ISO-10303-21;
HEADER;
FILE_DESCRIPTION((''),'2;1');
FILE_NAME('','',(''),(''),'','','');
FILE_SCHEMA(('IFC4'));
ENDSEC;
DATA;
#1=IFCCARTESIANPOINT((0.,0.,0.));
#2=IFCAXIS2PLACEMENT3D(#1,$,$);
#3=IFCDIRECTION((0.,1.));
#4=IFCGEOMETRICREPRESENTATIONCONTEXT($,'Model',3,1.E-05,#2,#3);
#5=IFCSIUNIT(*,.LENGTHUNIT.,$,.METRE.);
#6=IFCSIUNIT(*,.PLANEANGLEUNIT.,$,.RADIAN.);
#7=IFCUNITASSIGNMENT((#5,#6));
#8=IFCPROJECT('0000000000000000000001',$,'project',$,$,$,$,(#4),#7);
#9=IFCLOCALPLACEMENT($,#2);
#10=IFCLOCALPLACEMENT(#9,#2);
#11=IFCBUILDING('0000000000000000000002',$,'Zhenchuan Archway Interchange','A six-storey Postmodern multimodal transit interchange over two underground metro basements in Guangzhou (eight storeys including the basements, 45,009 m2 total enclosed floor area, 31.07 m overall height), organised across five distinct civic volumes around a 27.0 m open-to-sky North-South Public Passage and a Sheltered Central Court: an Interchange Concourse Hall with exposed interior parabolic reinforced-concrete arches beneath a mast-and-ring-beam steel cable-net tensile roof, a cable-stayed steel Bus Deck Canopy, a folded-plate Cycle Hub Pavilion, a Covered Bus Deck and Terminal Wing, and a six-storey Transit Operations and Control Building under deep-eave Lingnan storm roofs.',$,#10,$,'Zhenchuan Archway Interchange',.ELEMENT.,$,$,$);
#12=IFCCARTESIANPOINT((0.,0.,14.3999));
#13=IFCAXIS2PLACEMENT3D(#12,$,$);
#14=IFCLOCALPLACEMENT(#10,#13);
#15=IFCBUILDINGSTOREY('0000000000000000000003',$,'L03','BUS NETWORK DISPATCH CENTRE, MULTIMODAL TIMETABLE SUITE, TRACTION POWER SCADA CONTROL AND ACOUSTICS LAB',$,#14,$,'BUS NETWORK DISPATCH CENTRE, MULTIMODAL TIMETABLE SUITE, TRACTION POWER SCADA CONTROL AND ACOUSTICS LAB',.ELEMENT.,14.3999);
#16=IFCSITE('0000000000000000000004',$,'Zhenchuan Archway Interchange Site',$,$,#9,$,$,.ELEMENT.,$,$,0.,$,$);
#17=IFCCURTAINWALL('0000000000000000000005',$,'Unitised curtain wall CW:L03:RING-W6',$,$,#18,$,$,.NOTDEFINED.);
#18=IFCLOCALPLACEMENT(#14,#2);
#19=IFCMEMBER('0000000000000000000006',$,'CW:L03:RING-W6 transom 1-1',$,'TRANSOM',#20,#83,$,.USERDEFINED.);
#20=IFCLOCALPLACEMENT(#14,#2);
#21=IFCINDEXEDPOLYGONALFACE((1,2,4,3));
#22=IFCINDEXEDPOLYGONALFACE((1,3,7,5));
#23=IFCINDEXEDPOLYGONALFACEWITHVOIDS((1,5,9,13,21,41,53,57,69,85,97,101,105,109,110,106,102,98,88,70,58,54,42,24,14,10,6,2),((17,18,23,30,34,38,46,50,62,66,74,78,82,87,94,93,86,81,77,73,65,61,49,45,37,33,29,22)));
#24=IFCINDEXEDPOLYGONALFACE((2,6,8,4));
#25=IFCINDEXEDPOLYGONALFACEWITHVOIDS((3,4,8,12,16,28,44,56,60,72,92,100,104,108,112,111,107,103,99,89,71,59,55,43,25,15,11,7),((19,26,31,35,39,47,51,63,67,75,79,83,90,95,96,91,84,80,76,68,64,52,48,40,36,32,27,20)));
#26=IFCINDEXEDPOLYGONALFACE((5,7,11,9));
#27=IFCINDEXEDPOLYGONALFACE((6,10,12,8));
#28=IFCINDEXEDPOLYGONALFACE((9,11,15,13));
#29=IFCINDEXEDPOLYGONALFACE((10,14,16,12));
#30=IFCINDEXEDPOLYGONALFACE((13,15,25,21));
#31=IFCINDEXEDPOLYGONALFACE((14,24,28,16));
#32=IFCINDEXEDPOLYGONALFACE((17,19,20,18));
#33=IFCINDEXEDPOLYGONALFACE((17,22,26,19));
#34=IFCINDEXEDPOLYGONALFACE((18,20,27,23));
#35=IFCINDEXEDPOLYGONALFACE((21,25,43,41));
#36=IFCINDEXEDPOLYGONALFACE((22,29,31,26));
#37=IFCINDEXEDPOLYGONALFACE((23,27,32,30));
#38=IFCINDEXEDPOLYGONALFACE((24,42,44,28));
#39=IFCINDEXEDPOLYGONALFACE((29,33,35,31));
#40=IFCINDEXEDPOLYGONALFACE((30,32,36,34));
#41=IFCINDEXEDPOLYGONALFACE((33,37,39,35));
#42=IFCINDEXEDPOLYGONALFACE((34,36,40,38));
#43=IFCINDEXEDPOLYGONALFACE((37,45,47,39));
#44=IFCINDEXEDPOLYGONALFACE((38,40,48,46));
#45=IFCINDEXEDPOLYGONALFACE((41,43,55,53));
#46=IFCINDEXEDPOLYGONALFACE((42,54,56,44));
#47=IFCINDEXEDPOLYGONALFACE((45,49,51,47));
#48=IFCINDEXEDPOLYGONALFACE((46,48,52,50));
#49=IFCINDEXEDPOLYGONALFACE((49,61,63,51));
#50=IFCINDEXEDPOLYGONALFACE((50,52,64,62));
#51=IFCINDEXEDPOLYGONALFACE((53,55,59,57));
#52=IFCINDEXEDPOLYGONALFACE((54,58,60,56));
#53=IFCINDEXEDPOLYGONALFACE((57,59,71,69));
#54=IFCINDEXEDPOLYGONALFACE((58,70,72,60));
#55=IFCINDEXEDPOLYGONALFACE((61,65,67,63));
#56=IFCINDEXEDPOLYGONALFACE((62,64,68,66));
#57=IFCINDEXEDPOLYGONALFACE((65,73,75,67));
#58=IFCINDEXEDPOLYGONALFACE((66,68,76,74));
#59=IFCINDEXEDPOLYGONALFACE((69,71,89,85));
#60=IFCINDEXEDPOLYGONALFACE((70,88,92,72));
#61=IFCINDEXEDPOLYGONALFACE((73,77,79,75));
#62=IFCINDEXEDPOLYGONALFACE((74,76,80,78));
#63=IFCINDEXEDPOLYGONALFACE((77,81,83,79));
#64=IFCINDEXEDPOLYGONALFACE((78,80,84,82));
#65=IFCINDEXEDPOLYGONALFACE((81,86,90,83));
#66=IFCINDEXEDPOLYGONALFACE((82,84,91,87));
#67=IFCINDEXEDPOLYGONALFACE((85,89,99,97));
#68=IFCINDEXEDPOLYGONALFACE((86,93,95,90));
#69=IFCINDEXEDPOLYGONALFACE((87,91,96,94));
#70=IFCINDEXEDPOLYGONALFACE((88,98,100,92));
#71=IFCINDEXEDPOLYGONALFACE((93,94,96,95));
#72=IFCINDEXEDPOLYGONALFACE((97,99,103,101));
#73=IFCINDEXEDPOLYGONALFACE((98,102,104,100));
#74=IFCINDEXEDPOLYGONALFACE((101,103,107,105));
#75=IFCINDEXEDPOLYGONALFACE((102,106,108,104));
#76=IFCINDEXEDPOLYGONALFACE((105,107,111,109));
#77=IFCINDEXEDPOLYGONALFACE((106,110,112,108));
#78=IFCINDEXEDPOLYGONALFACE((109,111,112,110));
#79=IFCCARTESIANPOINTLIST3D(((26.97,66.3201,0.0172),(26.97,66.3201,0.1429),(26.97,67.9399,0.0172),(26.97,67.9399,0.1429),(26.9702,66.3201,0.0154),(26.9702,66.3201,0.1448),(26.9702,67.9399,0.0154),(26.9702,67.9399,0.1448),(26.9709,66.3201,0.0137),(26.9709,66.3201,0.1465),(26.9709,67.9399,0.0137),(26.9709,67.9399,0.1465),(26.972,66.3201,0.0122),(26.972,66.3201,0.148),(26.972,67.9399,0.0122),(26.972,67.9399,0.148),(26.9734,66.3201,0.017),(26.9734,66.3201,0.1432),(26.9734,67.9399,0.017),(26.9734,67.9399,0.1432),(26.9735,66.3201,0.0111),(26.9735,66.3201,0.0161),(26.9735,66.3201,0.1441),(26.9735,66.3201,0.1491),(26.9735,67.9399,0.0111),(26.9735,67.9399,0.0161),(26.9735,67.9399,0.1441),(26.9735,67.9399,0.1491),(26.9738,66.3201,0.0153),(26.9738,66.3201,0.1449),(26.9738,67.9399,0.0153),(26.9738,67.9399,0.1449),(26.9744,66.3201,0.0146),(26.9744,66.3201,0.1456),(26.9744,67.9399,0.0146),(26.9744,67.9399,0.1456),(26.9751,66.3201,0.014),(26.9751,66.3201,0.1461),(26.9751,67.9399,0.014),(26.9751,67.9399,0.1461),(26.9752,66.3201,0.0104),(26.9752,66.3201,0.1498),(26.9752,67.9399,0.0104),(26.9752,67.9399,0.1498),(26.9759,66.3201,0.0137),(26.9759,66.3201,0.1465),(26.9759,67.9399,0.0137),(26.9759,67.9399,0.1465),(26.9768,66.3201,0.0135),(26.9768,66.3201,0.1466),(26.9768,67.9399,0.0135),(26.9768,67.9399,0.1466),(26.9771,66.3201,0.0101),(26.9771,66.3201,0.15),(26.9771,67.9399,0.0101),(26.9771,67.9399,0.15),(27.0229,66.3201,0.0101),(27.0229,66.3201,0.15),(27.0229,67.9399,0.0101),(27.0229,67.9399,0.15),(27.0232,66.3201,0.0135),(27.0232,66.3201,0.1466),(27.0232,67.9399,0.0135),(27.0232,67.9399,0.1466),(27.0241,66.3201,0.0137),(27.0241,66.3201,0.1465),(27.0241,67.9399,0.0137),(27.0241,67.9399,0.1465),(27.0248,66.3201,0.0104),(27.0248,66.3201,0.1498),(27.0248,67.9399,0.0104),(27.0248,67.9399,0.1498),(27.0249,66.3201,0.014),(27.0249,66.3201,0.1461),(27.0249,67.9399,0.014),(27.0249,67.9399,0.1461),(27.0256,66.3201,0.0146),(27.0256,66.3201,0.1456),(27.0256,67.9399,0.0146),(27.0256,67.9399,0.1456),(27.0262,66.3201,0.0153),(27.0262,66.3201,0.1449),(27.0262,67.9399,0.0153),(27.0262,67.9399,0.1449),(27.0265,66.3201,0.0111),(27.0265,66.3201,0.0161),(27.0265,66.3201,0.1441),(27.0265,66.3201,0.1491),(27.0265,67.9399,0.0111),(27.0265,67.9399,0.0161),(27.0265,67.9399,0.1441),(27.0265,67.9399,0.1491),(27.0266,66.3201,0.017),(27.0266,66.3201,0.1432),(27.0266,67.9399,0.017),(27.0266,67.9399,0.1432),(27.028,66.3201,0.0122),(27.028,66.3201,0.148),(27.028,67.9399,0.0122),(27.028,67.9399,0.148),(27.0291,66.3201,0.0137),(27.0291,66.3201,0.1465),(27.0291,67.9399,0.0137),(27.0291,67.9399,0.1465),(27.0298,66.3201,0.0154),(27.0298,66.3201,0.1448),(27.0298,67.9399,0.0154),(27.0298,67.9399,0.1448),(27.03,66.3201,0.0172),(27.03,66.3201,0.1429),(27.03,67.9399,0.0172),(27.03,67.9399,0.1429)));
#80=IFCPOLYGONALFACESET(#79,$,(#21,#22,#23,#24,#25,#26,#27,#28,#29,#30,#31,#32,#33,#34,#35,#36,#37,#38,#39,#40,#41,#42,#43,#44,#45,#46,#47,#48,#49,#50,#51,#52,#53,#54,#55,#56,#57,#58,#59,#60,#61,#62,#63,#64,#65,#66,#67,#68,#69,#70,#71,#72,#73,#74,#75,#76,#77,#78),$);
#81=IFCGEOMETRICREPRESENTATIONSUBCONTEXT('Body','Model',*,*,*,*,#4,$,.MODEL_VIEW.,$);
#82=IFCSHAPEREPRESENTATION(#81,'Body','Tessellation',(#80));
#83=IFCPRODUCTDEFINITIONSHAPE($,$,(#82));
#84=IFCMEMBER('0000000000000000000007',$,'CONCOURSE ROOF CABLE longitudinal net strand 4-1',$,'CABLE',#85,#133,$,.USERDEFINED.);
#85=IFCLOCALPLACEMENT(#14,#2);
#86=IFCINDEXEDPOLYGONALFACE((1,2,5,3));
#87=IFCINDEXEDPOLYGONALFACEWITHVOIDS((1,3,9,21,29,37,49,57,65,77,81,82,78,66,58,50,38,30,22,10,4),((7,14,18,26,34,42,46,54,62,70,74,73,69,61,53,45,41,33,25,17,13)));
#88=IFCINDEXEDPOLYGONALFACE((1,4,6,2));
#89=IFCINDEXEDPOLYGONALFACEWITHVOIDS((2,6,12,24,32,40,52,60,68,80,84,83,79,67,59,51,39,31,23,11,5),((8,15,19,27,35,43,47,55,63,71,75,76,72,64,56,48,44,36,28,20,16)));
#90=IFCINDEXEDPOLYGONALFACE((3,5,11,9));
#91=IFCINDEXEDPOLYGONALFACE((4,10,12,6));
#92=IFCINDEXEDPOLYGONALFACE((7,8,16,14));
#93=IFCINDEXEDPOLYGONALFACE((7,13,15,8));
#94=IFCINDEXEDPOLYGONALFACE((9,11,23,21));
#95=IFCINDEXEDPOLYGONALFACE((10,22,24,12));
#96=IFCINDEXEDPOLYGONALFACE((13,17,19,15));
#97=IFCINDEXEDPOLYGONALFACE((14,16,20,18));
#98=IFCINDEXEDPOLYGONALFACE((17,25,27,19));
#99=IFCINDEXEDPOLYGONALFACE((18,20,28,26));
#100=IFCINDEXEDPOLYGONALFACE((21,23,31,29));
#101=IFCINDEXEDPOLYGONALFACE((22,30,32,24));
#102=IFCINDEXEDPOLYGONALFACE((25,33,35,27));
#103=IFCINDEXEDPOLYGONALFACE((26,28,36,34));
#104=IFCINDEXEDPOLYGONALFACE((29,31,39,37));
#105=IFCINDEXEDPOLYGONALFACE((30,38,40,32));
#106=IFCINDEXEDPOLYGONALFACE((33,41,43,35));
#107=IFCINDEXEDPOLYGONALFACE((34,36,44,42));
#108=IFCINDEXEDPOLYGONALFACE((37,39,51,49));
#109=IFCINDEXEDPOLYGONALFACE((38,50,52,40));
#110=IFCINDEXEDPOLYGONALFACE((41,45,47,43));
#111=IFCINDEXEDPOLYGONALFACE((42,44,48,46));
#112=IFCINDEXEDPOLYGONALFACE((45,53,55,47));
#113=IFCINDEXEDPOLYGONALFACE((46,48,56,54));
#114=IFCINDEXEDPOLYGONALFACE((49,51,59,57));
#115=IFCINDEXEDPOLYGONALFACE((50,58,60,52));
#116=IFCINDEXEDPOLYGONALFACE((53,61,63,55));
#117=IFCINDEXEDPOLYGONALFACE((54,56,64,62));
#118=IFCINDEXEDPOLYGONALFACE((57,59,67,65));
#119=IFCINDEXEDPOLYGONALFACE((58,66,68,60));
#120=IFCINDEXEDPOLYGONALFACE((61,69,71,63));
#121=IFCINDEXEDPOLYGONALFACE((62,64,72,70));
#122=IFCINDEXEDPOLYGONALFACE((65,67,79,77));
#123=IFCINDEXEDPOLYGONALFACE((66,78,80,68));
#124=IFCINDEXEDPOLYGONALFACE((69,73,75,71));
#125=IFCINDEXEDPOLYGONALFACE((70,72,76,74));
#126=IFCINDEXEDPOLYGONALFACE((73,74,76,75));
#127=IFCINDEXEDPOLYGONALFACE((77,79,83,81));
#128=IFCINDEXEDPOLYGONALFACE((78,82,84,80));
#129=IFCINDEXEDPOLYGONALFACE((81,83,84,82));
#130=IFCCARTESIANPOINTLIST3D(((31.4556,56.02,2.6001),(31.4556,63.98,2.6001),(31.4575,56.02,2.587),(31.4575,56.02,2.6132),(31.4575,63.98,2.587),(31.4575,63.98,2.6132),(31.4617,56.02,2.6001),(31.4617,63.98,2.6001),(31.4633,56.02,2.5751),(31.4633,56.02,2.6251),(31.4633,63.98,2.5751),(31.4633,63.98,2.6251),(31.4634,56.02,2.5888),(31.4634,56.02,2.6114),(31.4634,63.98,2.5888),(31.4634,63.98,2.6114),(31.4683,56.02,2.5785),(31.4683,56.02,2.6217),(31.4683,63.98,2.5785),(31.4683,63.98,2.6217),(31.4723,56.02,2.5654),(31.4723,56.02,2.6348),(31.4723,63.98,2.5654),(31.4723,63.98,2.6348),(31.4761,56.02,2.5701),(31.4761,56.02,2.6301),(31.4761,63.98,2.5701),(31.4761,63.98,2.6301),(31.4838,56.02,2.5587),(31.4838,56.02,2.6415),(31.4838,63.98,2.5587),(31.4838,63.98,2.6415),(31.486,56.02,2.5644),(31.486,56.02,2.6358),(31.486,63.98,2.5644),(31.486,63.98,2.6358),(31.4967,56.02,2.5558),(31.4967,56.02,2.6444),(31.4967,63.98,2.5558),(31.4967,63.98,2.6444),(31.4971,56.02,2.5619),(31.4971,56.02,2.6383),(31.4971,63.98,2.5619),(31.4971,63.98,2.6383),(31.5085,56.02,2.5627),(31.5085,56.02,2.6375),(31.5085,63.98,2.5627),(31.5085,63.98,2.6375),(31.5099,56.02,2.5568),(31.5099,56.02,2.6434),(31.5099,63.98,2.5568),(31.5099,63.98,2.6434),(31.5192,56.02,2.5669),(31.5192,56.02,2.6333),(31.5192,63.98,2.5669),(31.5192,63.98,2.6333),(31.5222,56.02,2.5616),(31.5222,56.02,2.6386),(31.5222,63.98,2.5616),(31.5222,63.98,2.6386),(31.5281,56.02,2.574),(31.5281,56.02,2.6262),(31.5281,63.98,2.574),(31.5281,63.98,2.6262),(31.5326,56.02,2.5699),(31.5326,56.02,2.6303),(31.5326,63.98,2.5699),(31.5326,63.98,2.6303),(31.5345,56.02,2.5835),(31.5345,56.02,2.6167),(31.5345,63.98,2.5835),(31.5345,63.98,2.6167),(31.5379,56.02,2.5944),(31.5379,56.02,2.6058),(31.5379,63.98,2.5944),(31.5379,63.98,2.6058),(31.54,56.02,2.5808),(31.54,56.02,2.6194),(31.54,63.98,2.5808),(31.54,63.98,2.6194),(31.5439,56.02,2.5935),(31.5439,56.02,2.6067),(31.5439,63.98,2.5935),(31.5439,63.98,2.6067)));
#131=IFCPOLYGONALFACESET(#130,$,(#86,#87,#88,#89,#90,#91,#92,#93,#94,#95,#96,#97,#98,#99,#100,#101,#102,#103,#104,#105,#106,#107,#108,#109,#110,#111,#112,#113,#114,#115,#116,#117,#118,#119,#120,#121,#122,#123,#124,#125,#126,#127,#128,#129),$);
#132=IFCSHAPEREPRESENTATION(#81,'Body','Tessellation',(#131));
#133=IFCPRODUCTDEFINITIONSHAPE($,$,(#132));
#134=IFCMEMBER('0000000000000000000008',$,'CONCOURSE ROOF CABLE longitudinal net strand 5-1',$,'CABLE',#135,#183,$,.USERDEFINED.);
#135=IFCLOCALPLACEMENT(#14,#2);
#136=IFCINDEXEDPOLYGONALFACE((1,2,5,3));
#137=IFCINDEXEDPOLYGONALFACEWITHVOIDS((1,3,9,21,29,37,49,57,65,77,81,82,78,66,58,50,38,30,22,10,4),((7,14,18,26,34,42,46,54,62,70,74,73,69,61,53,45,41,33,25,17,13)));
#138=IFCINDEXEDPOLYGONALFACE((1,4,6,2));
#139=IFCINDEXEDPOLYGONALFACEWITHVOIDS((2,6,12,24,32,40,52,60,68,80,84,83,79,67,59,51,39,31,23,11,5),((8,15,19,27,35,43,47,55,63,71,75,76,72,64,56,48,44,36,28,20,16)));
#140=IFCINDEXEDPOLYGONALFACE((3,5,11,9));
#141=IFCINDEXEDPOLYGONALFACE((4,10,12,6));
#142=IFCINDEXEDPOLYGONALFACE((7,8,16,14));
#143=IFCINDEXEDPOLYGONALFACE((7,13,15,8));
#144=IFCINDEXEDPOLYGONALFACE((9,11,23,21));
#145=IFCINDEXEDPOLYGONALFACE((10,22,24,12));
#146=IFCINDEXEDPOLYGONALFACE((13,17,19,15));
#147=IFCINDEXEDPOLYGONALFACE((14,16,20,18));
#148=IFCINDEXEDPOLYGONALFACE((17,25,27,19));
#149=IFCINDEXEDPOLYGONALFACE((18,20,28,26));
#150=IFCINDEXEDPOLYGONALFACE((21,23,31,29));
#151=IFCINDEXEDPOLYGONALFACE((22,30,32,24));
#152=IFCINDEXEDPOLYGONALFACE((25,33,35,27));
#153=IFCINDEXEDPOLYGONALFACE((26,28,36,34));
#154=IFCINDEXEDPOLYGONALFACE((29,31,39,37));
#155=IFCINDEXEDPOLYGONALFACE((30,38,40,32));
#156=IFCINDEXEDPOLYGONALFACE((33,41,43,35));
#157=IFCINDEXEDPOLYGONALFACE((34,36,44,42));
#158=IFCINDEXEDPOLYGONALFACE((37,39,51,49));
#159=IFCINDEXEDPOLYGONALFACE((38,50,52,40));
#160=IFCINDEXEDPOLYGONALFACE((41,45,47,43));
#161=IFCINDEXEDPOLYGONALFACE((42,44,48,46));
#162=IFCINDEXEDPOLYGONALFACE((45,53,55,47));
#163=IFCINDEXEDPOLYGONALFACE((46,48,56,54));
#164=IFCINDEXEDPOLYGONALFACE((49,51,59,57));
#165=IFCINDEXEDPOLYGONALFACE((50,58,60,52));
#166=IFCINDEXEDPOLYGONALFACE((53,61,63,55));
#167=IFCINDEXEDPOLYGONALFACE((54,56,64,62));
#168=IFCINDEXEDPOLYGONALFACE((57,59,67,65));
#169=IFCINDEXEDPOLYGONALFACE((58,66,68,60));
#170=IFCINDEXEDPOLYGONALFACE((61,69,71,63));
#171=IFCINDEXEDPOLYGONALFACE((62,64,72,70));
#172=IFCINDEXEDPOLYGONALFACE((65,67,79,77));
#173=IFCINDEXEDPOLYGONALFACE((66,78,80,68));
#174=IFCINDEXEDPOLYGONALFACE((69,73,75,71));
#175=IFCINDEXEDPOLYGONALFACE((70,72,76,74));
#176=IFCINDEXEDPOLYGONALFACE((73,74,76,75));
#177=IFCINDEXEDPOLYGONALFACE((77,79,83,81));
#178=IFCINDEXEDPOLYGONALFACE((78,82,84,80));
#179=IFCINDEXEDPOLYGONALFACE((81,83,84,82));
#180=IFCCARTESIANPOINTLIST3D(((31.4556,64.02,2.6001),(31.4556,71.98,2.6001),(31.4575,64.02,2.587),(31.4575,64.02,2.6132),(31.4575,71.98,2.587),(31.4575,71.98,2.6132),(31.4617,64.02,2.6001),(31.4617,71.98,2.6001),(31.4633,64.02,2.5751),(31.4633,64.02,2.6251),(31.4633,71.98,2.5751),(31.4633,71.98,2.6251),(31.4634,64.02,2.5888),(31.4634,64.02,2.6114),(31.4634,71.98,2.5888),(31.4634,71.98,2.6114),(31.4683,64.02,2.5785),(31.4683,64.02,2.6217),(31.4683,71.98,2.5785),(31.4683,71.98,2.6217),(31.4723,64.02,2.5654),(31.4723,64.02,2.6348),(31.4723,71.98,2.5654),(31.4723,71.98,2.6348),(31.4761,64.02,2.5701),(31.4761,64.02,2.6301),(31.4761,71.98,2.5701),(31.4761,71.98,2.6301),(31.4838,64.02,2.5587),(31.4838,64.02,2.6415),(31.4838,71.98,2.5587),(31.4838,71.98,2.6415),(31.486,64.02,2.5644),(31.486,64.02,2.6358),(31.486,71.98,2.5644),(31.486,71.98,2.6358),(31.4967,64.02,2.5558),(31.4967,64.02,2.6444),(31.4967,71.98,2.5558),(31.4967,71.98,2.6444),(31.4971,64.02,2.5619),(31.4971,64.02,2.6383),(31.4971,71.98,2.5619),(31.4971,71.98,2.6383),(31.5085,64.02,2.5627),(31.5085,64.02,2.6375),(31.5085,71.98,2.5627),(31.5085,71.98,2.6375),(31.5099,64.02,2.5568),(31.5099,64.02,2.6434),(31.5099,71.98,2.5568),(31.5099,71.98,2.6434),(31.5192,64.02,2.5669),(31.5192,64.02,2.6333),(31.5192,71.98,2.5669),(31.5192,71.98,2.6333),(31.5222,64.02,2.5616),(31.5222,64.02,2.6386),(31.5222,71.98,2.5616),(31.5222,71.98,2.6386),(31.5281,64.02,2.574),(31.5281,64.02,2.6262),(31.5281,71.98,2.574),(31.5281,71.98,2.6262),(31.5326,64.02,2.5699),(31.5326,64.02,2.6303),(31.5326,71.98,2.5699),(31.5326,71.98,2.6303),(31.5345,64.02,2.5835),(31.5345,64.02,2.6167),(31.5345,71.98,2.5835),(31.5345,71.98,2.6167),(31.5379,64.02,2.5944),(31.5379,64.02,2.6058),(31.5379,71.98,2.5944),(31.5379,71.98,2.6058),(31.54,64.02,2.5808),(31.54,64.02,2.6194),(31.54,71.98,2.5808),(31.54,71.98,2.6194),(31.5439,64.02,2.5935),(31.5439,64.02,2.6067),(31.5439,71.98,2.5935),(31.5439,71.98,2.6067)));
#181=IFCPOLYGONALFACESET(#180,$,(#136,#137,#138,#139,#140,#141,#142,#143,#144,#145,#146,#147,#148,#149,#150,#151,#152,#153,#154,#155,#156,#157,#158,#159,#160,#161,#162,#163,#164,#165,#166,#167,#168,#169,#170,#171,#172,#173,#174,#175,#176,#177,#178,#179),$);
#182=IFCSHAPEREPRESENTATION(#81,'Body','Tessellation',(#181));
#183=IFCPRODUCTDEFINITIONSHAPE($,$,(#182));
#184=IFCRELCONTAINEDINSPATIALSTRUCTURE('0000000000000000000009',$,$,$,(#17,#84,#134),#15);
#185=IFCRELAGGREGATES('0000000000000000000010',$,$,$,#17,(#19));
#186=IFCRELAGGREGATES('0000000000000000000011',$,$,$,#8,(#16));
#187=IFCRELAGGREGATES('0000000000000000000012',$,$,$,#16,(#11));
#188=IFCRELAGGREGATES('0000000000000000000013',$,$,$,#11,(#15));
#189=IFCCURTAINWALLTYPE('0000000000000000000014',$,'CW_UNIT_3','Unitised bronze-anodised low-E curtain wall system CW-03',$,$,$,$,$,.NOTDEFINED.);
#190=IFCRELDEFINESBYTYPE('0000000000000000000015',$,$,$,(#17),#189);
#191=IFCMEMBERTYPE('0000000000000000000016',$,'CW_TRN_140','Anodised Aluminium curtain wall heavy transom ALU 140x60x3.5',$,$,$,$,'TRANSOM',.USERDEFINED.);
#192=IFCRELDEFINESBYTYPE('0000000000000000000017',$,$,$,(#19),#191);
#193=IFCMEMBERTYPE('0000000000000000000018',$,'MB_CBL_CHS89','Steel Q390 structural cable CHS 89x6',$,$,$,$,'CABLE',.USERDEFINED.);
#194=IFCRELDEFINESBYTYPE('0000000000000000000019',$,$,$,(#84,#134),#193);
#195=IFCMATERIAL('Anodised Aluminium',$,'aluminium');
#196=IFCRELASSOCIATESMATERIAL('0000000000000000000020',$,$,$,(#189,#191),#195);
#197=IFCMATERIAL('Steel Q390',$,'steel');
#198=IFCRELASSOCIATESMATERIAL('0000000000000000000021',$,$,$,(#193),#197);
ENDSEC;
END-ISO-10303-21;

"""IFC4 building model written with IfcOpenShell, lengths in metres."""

from ifc_helpers import new_model, si_unit, direction, frame, origin, origin_2d, place, context, subcontext, project, spatial, hollow_rectangle, hollow_circle, extrude, material, material_profile, profile_set, type_object, element, aggregate, save


model = new_model("IFC4")

# Units and contexts
model_context = context("Model", 3, precision=1e-05, world=origin(), true_north=direction((0.0, 1.0)))
body_context = subcontext(model_context, "Body", "Model", "MODEL_VIEW")
ifc_project = project(units=[si_unit("LENGTHUNIT", "METRE"), si_unit("PLANEANGLEUNIT", "RADIAN")], contexts=[model_context])

# Site, building, storey
site_placement = place(None, origin())
site = spatial("IfcSite", under=ifc_project, at=site_placement, Name="Zhenchuan Archway Interchange Site", CompositionType="ELEMENT", RefElevation=0.0)
building_placement = place(site_placement, origin())
building = spatial("IfcBuilding", under=site, at=building_placement, Name="Zhenchuan Archway Interchange", Description="A six-storey Postmodern multimodal transit interchange over two underground metro basements in Guangzhou (eight storeys including the basements, 45,009 m2 total enclosed floor area, 31.07 m overall height), organised across five distinct civic volumes around a 27.0 m open-to-sky North-South Public Passage and a Sheltered Central Court: an Interchange Concourse Hall with exposed interior parabolic reinforced-concrete arches beneath a mast-and-ring-beam steel cable-net tensile roof, a cable-stayed steel Bus Deck Canopy, a folded-plate Cycle Hub Pavilion, a Covered Bus Deck and Terminal Wing, and a six-storey Transit Operations and Control Building under deep-eave Lingnan storm roofs.", LongName="Zhenchuan Archway Interchange", CompositionType="ELEMENT")
storey_placement = place(building_placement, frame((0.0, 0.0, 14.3999)))
storey = spatial("IfcBuildingStorey", under=building, at=storey_placement, Name="L03", Description="BUS NETWORK DISPATCH CENTRE, MULTIMODAL TIMETABLE SUITE, TRACTION POWER SCADA CONTROL AND ACOUSTICS LAB", LongName="BUS NETWORK DISPATCH CENTRE, MULTIMODAL TIMETABLE SUITE, TRACTION POWER SCADA CONTROL AND ACOUSTICS LAB", CompositionType="ELEMENT", Elevation=14.3999)

# Curtain wall, member
ifc_material_1 = material(Name="Anodised Aluminium", Category="aluminium")
curtain_wall_type = type_object("IfcCurtainWallType", Name="CW_UNIT_3", Description="Unitised bronze-anodised low-E curtain wall system CW-03", PredefinedType="NOTDEFINED", material=ifc_material_1)
curtain_wall_placement = place(storey_placement, origin())
curtain_wall = element("IfcCurtainWall", 1, at=curtain_wall_placement, inside=storey, type_object=curtain_wall_type, Name="Unitised curtain wall CW:L03:RING-W6", PredefinedType="NOTDEFINED")
ifc_material_profile_1 = material_profile(ifc_material_1, hollow_rectangle(XDim=0.0601, YDim=0.1399, WallThickness=0.0034, InnerFilletRadius=0.0034, OuterFilletRadius=0.0071, at=origin_2d()), Name="ALU 140x60x3.5")
ifc_profile_set_1 = profile_set([ifc_material_profile_1], Name="Anodised Aluminium")
member_type_1 = type_object("IfcMemberType", Name="CW_TRN_140", Description="Anodised Aluminium curtain wall heavy transom ALU 140x60x3.5", ElementType="TRANSOM", PredefinedType="USERDEFINED", material=ifc_profile_set_1)
member_1_placement = place(storey_placement, frame((27.0, 66.3201, 0.0801), z_axis=(0.0, 1.0, 0.0), x_axis=(-1.0, 0.0, 0.0)))
member_1 = element("IfcMember", 2, at=member_1_placement, type_object=member_type_1, Name="CW:L03:RING-W6 transom 1-1", ObjectType="TRANSOM", PredefinedType="USERDEFINED", context=body_context, shape_type="SweptSolid", body=[
    extrude(hollow_rectangle(XDim=0.0601, YDim=0.1399, WallThickness=0.0034, InnerFilletRadius=0.0034, OuterFilletRadius=0.0071, at=origin_2d()), origin(), (0.0, 0.0, 1.0), 1.6199),
])

# Members
ifc_material_2 = material(Name="Steel Q390", Category="steel")
ifc_material_profile_2 = material_profile(ifc_material_2, hollow_circle(Radius=0.0444, WallThickness=0.0061, at=origin_2d()), Name="CHS 89x6")
ifc_profile_set_2 = profile_set([ifc_material_profile_2], Name="Steel Q390")
member_type_2 = type_object("IfcMemberType", Name="MB_CBL_CHS89", Description="Steel Q390 structural cable CHS 89x6", ElementType="CABLE", PredefinedType="USERDEFINED", material=ifc_profile_set_2)
for number, where, z_axis, x_axis, name in (
    (3, (31.5, 56.02, 2.6001), (0.0, 1.0, 0.0), (-1.0, 0.0, 0.0), "CONCOURSE ROOF CABLE longitudinal net strand 4-1"),
    (4, (31.5, 64.02, 2.6001), (0.0, 1.0, 0.0), (-1.0, 0.0, 0.0), "CONCOURSE ROOF CABLE longitudinal net strand 5-1"),
):
    element("IfcMember", number, at=place(storey_placement, frame(where, z_axis=z_axis, x_axis=x_axis)), inside=storey, type_object=member_type_2, Name=name, ObjectType="CABLE", PredefinedType="USERDEFINED", context=body_context, shape_type="SweptSolid", body=[
        extrude(hollow_circle(Radius=0.0444, WallThickness=0.0061, at=origin_2d()), origin(), (0.0, 0.0, 1.0), 7.96),
    ])

aggregate(curtain_wall, [member_1])

save(model, "model.ifc")
